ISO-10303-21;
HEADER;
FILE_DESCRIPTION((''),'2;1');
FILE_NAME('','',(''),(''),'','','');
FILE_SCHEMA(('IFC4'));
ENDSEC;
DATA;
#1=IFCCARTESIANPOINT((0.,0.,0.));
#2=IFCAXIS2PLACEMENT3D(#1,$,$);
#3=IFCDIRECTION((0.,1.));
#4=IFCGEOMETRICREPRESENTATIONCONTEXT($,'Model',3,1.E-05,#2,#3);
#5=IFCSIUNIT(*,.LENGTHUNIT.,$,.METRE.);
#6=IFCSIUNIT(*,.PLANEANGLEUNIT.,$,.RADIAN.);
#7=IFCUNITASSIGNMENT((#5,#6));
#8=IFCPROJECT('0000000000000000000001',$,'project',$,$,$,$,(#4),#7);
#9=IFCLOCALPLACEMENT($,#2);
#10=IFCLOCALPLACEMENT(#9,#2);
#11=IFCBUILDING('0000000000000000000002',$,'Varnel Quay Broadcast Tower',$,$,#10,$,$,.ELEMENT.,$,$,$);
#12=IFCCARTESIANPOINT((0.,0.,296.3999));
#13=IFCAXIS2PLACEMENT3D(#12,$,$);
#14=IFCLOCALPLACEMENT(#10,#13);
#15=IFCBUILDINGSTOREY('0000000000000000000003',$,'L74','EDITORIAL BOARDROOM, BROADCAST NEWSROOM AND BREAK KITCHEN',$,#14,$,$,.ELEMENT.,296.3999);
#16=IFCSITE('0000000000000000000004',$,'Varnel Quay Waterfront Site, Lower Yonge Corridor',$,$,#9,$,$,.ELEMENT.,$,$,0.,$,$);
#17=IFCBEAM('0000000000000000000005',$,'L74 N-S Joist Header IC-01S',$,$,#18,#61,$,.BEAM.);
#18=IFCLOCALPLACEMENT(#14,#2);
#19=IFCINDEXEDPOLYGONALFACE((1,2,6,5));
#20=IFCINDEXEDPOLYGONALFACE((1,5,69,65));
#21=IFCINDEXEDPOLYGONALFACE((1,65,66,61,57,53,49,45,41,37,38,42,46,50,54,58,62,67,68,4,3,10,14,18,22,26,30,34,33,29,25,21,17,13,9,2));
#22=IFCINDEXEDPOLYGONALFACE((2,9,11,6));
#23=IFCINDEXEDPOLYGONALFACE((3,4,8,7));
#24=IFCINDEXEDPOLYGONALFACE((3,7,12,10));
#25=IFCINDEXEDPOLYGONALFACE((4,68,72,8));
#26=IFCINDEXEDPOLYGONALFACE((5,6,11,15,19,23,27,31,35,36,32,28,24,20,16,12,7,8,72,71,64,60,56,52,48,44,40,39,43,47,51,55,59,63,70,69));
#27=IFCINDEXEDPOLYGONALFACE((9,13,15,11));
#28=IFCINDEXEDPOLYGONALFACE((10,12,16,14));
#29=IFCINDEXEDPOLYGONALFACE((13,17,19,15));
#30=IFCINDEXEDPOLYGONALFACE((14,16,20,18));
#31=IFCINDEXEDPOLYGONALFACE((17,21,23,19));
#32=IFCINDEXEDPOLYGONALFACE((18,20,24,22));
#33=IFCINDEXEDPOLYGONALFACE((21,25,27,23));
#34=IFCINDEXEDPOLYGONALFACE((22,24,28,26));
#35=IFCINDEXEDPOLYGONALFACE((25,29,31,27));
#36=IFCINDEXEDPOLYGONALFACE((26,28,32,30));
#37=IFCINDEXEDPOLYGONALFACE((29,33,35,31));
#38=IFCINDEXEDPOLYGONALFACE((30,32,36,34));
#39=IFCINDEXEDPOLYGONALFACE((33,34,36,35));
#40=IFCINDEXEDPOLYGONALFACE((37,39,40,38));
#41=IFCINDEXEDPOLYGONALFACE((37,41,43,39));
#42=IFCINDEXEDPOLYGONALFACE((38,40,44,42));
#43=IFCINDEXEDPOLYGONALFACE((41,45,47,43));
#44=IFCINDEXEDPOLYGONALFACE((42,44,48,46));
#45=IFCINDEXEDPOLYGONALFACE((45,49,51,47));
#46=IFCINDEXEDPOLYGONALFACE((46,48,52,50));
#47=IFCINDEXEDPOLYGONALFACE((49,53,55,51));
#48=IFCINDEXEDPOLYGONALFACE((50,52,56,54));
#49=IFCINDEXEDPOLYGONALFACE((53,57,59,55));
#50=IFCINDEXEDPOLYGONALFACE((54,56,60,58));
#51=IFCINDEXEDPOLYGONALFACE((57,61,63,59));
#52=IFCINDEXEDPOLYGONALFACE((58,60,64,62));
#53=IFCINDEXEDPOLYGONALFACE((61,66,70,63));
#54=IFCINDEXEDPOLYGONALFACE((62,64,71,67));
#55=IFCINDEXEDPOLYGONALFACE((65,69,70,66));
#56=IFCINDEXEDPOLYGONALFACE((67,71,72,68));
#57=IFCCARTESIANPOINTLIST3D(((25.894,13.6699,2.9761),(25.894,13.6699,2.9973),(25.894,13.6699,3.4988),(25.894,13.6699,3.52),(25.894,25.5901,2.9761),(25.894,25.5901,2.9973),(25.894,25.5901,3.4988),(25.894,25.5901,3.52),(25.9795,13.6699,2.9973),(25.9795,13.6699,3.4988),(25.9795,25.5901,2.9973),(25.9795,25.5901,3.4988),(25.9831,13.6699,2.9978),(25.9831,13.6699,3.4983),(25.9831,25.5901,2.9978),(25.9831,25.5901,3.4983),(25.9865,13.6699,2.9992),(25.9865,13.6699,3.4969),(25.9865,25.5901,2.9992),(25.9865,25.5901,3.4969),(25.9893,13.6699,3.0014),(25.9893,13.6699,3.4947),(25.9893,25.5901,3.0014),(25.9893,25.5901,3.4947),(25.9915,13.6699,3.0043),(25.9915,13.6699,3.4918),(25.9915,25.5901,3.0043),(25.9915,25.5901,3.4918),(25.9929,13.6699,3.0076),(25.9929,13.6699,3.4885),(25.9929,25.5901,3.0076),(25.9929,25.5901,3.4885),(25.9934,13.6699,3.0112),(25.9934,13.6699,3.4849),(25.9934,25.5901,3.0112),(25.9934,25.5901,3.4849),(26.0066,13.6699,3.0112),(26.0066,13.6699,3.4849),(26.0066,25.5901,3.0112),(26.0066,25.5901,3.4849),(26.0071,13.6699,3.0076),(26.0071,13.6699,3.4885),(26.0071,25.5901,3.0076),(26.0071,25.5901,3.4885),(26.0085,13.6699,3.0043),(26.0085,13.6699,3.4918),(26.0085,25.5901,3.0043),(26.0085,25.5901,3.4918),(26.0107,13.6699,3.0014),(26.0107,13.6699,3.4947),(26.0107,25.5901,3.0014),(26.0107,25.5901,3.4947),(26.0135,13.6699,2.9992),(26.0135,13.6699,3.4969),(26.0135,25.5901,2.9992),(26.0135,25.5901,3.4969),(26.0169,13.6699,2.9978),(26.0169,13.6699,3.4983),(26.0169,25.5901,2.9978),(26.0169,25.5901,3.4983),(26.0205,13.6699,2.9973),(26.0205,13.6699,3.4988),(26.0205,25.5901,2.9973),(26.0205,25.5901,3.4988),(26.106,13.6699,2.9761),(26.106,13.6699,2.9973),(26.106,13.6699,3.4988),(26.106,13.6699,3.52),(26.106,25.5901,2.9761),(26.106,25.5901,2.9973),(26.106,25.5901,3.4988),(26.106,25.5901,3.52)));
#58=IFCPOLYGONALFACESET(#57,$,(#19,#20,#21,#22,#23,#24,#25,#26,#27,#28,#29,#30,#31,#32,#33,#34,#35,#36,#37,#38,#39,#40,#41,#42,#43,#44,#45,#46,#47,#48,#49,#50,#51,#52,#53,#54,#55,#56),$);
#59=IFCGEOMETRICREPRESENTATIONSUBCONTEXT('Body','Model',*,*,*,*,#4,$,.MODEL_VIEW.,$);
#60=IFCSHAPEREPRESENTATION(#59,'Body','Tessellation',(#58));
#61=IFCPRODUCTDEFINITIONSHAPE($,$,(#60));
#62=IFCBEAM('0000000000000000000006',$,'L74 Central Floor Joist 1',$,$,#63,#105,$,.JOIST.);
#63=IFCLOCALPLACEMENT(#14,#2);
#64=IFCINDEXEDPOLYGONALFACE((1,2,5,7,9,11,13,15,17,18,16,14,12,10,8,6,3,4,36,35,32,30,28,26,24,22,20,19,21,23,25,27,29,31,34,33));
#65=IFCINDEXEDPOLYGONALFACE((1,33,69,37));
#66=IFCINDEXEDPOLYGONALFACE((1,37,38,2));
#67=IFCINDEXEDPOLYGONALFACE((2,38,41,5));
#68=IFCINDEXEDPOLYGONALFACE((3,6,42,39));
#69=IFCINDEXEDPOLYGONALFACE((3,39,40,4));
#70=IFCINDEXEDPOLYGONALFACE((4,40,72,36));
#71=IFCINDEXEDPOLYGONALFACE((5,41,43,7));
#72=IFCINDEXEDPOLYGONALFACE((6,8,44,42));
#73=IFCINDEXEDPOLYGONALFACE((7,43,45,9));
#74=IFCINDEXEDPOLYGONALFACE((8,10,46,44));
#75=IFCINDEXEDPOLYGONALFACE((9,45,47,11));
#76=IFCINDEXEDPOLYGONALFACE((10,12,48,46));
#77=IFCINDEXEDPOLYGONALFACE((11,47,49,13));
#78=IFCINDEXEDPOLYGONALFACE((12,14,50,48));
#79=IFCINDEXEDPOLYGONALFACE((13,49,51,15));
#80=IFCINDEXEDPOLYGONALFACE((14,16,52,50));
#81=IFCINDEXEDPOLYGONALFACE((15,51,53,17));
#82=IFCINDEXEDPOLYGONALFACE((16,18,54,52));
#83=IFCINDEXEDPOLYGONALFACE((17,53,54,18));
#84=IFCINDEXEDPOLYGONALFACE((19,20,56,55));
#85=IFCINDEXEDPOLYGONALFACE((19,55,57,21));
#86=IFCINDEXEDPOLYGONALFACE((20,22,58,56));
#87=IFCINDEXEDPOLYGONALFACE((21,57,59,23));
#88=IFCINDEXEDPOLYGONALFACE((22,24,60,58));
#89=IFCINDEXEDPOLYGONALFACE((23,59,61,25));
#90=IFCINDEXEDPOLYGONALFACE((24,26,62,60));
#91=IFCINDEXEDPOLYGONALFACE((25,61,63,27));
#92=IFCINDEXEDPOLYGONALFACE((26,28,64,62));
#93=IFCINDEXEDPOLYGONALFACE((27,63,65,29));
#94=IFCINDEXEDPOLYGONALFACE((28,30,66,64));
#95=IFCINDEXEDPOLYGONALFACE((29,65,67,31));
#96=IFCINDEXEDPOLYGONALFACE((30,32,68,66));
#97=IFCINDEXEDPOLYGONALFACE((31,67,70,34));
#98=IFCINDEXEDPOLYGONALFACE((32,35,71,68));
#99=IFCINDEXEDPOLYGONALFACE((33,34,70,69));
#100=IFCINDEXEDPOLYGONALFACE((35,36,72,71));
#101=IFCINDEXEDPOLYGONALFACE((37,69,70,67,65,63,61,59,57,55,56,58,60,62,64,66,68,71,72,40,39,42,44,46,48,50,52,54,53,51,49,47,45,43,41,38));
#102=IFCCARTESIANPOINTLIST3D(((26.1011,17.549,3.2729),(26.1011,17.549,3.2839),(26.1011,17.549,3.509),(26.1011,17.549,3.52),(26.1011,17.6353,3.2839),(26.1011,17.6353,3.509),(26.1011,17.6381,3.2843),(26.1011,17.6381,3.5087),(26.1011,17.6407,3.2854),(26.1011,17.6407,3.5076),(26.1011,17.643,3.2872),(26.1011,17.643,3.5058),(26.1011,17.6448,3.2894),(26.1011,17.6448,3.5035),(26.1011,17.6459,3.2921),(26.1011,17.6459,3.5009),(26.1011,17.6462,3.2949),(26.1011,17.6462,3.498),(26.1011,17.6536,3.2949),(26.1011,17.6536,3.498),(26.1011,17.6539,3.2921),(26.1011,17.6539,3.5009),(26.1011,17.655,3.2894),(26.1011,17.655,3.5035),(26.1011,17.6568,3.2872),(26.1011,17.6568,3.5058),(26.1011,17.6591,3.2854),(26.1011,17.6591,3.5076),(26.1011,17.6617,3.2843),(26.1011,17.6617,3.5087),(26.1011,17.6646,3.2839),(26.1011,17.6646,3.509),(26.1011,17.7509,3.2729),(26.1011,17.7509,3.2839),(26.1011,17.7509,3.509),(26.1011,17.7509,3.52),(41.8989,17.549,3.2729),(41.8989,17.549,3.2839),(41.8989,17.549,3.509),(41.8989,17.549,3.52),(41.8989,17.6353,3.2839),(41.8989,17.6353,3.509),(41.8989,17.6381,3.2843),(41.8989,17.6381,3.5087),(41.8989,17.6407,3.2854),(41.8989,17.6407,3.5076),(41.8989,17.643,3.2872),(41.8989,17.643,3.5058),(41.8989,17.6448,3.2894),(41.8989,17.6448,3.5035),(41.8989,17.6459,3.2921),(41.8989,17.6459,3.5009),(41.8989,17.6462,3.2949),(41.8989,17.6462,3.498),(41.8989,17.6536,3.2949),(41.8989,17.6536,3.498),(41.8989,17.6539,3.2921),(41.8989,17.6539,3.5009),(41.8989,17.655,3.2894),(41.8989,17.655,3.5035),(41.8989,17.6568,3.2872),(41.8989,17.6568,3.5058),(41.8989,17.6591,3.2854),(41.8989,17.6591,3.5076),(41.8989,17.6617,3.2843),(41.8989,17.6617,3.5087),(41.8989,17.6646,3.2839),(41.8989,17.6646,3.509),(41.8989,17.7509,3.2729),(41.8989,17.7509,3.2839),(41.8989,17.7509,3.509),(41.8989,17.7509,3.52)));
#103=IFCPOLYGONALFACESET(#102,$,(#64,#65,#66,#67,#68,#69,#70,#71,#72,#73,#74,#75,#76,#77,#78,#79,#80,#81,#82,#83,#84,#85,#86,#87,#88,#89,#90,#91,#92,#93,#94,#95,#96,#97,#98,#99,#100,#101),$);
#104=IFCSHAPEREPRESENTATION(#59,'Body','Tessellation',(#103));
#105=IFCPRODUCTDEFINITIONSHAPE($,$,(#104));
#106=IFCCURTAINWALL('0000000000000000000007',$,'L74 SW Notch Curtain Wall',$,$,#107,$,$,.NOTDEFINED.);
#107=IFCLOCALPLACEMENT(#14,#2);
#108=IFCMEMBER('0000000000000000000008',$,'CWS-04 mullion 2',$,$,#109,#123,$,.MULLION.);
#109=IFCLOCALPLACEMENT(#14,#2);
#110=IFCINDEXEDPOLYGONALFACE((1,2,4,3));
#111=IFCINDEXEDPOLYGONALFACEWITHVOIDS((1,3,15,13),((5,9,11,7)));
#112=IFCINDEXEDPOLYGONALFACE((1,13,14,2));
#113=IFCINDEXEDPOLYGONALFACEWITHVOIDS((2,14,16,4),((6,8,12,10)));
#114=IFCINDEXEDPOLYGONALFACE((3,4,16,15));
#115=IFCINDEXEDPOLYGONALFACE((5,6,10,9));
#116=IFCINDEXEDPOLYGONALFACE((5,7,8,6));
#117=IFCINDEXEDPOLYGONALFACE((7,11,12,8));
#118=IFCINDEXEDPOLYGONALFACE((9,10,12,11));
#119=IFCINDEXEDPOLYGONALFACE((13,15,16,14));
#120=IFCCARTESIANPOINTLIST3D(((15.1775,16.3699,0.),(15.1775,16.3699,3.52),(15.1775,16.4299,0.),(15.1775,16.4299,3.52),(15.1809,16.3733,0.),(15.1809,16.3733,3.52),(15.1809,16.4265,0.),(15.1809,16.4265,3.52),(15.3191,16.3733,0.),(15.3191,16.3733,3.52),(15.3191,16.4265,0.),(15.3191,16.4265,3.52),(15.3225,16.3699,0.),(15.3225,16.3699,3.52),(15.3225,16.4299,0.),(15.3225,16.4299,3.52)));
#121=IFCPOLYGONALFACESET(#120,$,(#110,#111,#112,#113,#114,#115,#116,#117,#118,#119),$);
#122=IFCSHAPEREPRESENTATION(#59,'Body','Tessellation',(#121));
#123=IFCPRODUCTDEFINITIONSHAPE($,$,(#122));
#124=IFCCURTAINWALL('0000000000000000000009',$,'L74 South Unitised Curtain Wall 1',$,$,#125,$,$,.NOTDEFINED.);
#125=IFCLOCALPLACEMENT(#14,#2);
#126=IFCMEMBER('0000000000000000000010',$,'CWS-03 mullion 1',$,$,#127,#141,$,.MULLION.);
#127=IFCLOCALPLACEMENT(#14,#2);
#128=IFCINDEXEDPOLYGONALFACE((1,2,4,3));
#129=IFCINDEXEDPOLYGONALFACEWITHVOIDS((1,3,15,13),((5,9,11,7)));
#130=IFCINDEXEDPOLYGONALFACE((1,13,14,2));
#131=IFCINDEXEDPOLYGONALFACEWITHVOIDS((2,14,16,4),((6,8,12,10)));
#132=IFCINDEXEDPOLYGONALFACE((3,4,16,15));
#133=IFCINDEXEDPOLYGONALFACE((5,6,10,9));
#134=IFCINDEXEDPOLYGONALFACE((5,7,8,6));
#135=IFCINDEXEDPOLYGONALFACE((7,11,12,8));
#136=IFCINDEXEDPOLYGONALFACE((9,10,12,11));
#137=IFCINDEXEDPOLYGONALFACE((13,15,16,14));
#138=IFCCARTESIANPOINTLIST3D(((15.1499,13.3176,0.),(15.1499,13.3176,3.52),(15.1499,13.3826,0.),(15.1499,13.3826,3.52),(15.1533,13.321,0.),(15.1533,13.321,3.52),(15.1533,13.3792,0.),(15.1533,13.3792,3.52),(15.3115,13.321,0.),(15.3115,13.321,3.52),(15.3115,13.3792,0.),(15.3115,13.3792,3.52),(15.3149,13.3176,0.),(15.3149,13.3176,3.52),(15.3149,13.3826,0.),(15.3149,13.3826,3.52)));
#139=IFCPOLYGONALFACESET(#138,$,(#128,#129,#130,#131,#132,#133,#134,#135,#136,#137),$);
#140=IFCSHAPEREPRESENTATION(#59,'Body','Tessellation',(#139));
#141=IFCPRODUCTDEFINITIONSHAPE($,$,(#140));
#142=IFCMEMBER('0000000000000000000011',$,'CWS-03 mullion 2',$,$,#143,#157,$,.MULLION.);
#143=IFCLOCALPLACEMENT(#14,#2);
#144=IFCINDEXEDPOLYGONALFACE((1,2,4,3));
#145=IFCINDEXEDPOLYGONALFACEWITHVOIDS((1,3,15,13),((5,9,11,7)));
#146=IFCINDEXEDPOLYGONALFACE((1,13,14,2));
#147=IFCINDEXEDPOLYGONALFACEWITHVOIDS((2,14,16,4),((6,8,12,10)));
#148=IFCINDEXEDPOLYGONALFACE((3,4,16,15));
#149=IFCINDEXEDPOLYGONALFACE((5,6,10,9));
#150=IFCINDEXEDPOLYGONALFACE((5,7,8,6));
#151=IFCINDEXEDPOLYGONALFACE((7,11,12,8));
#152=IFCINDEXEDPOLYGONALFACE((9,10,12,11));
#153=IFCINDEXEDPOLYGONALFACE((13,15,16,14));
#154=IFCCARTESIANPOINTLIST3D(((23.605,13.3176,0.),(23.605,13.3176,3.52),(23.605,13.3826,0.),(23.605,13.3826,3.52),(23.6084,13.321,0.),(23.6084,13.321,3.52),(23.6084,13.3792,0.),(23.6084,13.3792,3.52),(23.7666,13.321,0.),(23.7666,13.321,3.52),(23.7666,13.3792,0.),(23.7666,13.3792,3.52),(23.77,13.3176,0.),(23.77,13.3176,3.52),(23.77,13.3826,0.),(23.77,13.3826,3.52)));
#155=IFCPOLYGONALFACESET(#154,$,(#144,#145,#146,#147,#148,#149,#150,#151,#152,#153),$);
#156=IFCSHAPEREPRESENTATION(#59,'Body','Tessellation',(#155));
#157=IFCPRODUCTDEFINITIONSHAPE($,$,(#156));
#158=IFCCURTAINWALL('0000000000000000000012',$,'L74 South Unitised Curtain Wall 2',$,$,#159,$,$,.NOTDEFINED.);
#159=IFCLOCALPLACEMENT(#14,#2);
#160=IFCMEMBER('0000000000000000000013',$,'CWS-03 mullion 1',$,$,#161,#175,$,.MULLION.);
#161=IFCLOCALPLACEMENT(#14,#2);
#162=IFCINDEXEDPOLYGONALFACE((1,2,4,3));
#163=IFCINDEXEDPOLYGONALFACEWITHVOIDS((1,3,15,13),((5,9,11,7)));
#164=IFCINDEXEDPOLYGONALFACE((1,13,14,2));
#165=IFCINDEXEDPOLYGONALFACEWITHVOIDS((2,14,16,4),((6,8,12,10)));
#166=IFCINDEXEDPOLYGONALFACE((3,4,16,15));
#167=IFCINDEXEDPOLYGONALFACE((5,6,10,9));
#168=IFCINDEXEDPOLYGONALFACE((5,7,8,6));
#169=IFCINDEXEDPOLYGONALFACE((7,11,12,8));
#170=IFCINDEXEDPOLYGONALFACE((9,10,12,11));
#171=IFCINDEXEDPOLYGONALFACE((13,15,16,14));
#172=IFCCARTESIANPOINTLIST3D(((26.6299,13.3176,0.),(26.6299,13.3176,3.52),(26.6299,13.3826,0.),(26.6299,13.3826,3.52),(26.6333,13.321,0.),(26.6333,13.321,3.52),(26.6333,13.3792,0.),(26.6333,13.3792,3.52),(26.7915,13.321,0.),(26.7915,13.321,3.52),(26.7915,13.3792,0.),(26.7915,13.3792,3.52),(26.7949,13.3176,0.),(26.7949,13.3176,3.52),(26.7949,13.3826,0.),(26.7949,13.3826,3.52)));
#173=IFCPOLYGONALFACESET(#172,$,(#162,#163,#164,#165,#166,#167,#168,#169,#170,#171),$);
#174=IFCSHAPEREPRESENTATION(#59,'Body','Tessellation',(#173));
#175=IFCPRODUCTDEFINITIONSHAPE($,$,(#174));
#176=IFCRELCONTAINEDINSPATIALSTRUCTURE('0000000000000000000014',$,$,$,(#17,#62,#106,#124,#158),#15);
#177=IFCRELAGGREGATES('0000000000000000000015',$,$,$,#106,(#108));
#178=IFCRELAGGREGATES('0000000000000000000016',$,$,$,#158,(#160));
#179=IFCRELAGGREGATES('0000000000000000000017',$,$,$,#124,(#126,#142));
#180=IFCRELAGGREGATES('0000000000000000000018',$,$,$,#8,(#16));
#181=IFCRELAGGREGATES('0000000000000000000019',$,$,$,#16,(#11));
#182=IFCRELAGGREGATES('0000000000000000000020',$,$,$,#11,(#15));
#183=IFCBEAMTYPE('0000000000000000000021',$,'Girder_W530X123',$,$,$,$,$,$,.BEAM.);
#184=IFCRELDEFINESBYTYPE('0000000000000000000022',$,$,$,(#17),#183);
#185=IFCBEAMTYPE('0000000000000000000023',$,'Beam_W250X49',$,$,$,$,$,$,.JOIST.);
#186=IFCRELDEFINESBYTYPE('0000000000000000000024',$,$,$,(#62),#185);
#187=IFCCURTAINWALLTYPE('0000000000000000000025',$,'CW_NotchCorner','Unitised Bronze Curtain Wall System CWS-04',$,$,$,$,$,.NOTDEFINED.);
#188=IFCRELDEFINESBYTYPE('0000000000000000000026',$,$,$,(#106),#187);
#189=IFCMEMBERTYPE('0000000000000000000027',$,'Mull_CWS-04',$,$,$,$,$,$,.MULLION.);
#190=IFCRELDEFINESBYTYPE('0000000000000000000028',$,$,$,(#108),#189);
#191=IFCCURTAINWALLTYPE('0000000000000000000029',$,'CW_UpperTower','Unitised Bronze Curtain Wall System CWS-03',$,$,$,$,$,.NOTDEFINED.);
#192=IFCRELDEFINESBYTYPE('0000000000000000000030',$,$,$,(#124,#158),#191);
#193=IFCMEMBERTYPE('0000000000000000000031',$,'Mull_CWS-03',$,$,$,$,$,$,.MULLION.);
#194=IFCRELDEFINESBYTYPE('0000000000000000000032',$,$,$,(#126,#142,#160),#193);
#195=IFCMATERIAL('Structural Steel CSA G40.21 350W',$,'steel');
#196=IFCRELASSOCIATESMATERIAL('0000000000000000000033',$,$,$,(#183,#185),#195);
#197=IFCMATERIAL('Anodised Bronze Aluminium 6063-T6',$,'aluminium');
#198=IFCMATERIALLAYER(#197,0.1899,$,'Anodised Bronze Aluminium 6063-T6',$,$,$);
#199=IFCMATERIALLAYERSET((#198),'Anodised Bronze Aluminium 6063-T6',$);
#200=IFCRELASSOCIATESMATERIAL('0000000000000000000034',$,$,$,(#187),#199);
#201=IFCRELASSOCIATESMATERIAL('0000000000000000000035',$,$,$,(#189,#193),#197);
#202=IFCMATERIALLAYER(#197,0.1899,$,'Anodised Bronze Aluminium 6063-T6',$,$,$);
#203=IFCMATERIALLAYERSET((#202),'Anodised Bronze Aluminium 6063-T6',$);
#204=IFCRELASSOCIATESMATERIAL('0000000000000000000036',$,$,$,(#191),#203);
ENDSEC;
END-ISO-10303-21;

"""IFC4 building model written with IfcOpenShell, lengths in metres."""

from ifc_helpers import new_model, si_unit, direction, frame, origin, origin_2d, place, context, subcontext, project, spatial, hollow_rectangle, i_section, extrude, source, transform, mapped, material, layer, layer_set, material_profile, profile_set, type_object, type_shapes, element, aggregate, save


model = new_model("IFC4")

# Units and contexts
model_context = context("Model", 3, precision=1e-05, world=origin(), true_north=direction((0.0, 1.0)))
body_context = subcontext(model_context, "Body", "Model", "MODEL_VIEW")
ifc_project = project(units=[si_unit("LENGTHUNIT", "METRE"), si_unit("PLANEANGLEUNIT", "RADIAN")], contexts=[model_context])

# Site, building, storey
site_placement = place(None, origin())
site = spatial("IfcSite", under=ifc_project, at=site_placement, Name="Varnel Quay Waterfront Site, Lower Yonge Corridor", CompositionType="ELEMENT", RefElevation=0.0)
building_placement = place(site_placement, origin())
building = spatial("IfcBuilding", under=site, at=building_placement, Name="Varnel Quay Broadcast Tower", CompositionType="ELEMENT")
storey_placement = place(building_placement, frame((0.0, 0.0, 296.3999)))
storey = spatial("IfcBuildingStorey", under=building, at=storey_placement, Name="L74", Description="EDITORIAL BOARDROOM, BROADCAST NEWSROOM AND BREAK KITCHEN", CompositionType="ELEMENT", Elevation=296.3999)

# Shared definitions
ifc_material_1 = material(Name="Structural Steel CSA G40.21 350W", Category="steel")

# Beams
ifc_material_profile_1 = material_profile(ifc_material_1, i_section(OverallWidth=0.2119, OverallDepth=0.5439, WebThickness=0.0132, FlangeThickness=0.0212, FilletRadius=0.0139, at=origin_2d()), Name="W530X123")
ifc_profile_set_1 = profile_set([ifc_material_profile_1], Name="Structural Steel CSA G40.21 350W")
beam_type_1 = type_object("IfcBeamType", Name="Girder_W530X123", PredefinedType="BEAM", material=ifc_profile_set_1)
shared_shape_1 = source(origin(), body_context, "Body", "SweptSolid", [
    extrude(i_section(OverallWidth=0.2119, OverallDepth=0.5439, WebThickness=0.0132, FlangeThickness=0.0212, FilletRadius=0.0139, at=origin_2d()), origin(), (0.0, 0.0, 1.0), 11.9202),
])
type_shapes(beam_type_1, [shared_shape_1])
beam_1_placement = place(storey_placement, frame((26.0, 13.6699, 3.248), z_axis=(0.0, 1.0, 0.0), x_axis=(-1.0, 0.0, 0.0)))
element("IfcBeam", 1, at=beam_1_placement, inside=storey, type_object=beam_type_1, Name="L74 N-S Joist Header IC-01S", PredefinedType="BEAM", context=body_context, shape_type="MappedRepresentation", body=[
    mapped(shared_shape_1, transform((0.0, 0.0, 0.0), x_axis=(1.0, 0.0, 0.0), y_axis=(0.0, 1.0, 0.0), z_axis=(0.0, 0.0, 1.0), scale=1.0)),
])
ifc_material_profile_2 = material_profile(ifc_material_1, i_section(OverallWidth=0.2019, OverallDepth=0.2471, WebThickness=0.0073, FlangeThickness=0.011, FilletRadius=0.011, at=origin_2d()), Name="W250X49")
ifc_profile_set_2 = profile_set([ifc_material_profile_2], Name="Structural Steel CSA G40.21 350W")
beam_type_2 = type_object("IfcBeamType", Name="Beam_W250X49", PredefinedType="JOIST", material=ifc_profile_set_2)
shared_shape_2 = source(origin(), body_context, "Body", "SweptSolid", [
    extrude(i_section(OverallWidth=0.2019, OverallDepth=0.2471, WebThickness=0.0073, FlangeThickness=0.011, FilletRadius=0.011, at=origin_2d()), origin(), (0.0, 0.0, 1.0), 15.7979),
])
type_shapes(beam_type_2, [shared_shape_2])
beam_2_placement = place(storey_placement, frame((26.1011, 17.6499, 3.3965), z_axis=(1.0, 0.0, 0.0), x_axis=(0.0, 1.0, 0.0)))
element("IfcBeam", 2, at=beam_2_placement, inside=storey, type_object=beam_type_2, Name="L74 Central Floor Joist 1", PredefinedType="JOIST", context=body_context, shape_type="MappedRepresentation", body=[
    mapped(shared_shape_2, transform((0.0, 0.0, 0.0), x_axis=(1.0, 0.0, 0.0), y_axis=(0.0, 1.0, 0.0), z_axis=(0.0, 0.0, 1.0), scale=1.0)),
])

# Curtain wall, member
ifc_material_2 = material(Name="Anodised Bronze Aluminium 6063-T6", Category="aluminium")
ifc_layer_1 = layer(ifc_material_2, 0.1899, Name="Anodised Bronze Aluminium 6063-T6")
ifc_layer_set_1 = layer_set([ifc_layer_1], Name="Anodised Bronze Aluminium 6063-T6")
curtain_wall_type_1 = type_object("IfcCurtainWallType", Name="CW_NotchCorner", Description="Unitised Bronze Curtain Wall System CWS-04", PredefinedType="NOTDEFINED", material=ifc_layer_set_1)
curtain_wall_1_placement = place(storey_placement, origin())
curtain_wall_1 = element("IfcCurtainWall", 3, at=curtain_wall_1_placement, inside=storey, type_object=curtain_wall_type_1, Name="L74 SW Notch Curtain Wall", PredefinedType="NOTDEFINED")
ifc_material_profile_3 = material_profile(ifc_material_2, hollow_rectangle(XDim=0.0601, YDim=0.145, WallThickness=0.0034, at=origin_2d()), Name="ALU60X145X3.5")
ifc_profile_set_3 = profile_set([ifc_material_profile_3], Name="Anodised Bronze Aluminium 6063-T6")
member_type_1 = type_object("IfcMemberType", Name="Mull_CWS-04", PredefinedType="MULLION", material=ifc_profile_set_3)
shared_shape_3 = source(origin(), body_context, "Body", "SweptSolid", [
    extrude(hollow_rectangle(XDim=0.0601, YDim=0.145, WallThickness=0.0034, at=origin_2d()), origin(), (0.0, 0.0, 1.0), 3.52),
])
type_shapes(member_type_1, [shared_shape_3])
member_1_placement = place(storey_placement, frame((15.25, 16.3999, 0.0), z_axis=(0.0, 0.0, 1.0), x_axis=(0.0, 1.0, 0.0)))
member_1 = element("IfcMember", 4, at=member_1_placement, type_object=member_type_1, Name="CWS-04 mullion 2", PredefinedType="MULLION", context=body_context, shape_type="MappedRepresentation", body=[
    mapped(shared_shape_3, transform((0.0, 0.0, 0.0), x_axis=(1.0, 0.0, 0.0), y_axis=(0.0, 1.0, 0.0), z_axis=(0.0, 0.0, 1.0), scale=1.0)),
])
aggregate(curtain_wall_1, [member_1])

# Curtain wall, members
ifc_layer_2 = layer(ifc_material_2, 0.1899, Name="Anodised Bronze Aluminium 6063-T6")
ifc_layer_set_2 = layer_set([ifc_layer_2], Name="Anodised Bronze Aluminium 6063-T6")
curtain_wall_type_2 = type_object("IfcCurtainWallType", Name="CW_UpperTower", Description="Unitised Bronze Curtain Wall System CWS-03", PredefinedType="NOTDEFINED", material=ifc_layer_set_2)
curtain_wall_2_placement = place(storey_placement, origin())
curtain_wall_2 = element("IfcCurtainWall", 5, at=curtain_wall_2_placement, inside=storey, type_object=curtain_wall_type_2, Name="L74 South Unitised Curtain Wall 1", PredefinedType="NOTDEFINED")
ifc_material_profile_4 = material_profile(ifc_material_2, hollow_rectangle(XDim=0.0649, YDim=0.165, WallThickness=0.0034, at=origin_2d()), Name="ALU65X165X3.5")
ifc_profile_set_4 = profile_set([ifc_material_profile_4], Name="Anodised Bronze Aluminium 6063-T6")
member_type_2 = type_object("IfcMemberType", Name="Mull_CWS-03", PredefinedType="MULLION", material=ifc_profile_set_4)
shared_shape_4 = source(origin(), body_context, "Body", "SweptSolid", [
    extrude(hollow_rectangle(XDim=0.0649, YDim=0.165, WallThickness=0.0034, at=origin_2d()), origin(), (0.0, 0.0, 1.0), 3.52),
])
type_shapes(member_type_2, [shared_shape_4])
member_2_placement = place(storey_placement, frame((15.2324, 13.3501, 0.0), z_axis=(0.0, 0.0, 1.0), x_axis=(0.0, 1.0, 0.0)))
member_2 = element("IfcMember", 6, at=member_2_placement, type_object=member_type_2, Name="CWS-03 mullion 1", PredefinedType="MULLION", context=body_context, shape_type="MappedRepresentation", body=[
    mapped(shared_shape_4, transform((0.0, 0.0, 0.0), x_axis=(1.0, 0.0, 0.0), y_axis=(0.0, 1.0, 0.0), z_axis=(0.0, 0.0, 1.0), scale=1.0)),
])
member_3_placement = place(storey_placement, frame((23.6875, 13.3501, 0.0), z_axis=(0.0, 0.0, 1.0), x_axis=(0.0, 1.0, 0.0)))
member_3 = element("IfcMember", 7, at=member_3_placement, type_object=member_type_2, Name="CWS-03 mullion 2", PredefinedType="MULLION", context=body_context, shape_type="MappedRepresentation", body=[
    mapped(shared_shape_4, transform((0.0, 0.0, 0.0), x_axis=(1.0, 0.0, 0.0), y_axis=(0.0, 1.0, 0.0), z_axis=(0.0, 0.0, 1.0), scale=1.0)),
])

# Curtain wall, member
curtain_wall_3_placement = place(storey_placement, origin())
curtain_wall_3 = element("IfcCurtainWall", 8, at=curtain_wall_3_placement, inside=storey, type_object=curtain_wall_type_2, Name="L74 South Unitised Curtain Wall 2", PredefinedType="NOTDEFINED")
member_4_placement = place(storey_placement, frame((26.7124, 13.3501, 0.0), z_axis=(0.0, 0.0, 1.0), x_axis=(0.0, 1.0, 0.0)))
member_4 = element("IfcMember", 9, at=member_4_placement, type_object=member_type_2, Name="CWS-03 mullion 1", PredefinedType="MULLION", context=body_context, shape_type="MappedRepresentation", body=[
    mapped(shared_shape_4, transform((0.0, 0.0, 0.0), x_axis=(1.0, 0.0, 0.0), y_axis=(0.0, 1.0, 0.0), z_axis=(0.0, 0.0, 1.0), scale=1.0)),
])

aggregate(curtain_wall_3, [member_4])

aggregate(curtain_wall_2, [member_2, member_3])

save(model, "model.ifc")
